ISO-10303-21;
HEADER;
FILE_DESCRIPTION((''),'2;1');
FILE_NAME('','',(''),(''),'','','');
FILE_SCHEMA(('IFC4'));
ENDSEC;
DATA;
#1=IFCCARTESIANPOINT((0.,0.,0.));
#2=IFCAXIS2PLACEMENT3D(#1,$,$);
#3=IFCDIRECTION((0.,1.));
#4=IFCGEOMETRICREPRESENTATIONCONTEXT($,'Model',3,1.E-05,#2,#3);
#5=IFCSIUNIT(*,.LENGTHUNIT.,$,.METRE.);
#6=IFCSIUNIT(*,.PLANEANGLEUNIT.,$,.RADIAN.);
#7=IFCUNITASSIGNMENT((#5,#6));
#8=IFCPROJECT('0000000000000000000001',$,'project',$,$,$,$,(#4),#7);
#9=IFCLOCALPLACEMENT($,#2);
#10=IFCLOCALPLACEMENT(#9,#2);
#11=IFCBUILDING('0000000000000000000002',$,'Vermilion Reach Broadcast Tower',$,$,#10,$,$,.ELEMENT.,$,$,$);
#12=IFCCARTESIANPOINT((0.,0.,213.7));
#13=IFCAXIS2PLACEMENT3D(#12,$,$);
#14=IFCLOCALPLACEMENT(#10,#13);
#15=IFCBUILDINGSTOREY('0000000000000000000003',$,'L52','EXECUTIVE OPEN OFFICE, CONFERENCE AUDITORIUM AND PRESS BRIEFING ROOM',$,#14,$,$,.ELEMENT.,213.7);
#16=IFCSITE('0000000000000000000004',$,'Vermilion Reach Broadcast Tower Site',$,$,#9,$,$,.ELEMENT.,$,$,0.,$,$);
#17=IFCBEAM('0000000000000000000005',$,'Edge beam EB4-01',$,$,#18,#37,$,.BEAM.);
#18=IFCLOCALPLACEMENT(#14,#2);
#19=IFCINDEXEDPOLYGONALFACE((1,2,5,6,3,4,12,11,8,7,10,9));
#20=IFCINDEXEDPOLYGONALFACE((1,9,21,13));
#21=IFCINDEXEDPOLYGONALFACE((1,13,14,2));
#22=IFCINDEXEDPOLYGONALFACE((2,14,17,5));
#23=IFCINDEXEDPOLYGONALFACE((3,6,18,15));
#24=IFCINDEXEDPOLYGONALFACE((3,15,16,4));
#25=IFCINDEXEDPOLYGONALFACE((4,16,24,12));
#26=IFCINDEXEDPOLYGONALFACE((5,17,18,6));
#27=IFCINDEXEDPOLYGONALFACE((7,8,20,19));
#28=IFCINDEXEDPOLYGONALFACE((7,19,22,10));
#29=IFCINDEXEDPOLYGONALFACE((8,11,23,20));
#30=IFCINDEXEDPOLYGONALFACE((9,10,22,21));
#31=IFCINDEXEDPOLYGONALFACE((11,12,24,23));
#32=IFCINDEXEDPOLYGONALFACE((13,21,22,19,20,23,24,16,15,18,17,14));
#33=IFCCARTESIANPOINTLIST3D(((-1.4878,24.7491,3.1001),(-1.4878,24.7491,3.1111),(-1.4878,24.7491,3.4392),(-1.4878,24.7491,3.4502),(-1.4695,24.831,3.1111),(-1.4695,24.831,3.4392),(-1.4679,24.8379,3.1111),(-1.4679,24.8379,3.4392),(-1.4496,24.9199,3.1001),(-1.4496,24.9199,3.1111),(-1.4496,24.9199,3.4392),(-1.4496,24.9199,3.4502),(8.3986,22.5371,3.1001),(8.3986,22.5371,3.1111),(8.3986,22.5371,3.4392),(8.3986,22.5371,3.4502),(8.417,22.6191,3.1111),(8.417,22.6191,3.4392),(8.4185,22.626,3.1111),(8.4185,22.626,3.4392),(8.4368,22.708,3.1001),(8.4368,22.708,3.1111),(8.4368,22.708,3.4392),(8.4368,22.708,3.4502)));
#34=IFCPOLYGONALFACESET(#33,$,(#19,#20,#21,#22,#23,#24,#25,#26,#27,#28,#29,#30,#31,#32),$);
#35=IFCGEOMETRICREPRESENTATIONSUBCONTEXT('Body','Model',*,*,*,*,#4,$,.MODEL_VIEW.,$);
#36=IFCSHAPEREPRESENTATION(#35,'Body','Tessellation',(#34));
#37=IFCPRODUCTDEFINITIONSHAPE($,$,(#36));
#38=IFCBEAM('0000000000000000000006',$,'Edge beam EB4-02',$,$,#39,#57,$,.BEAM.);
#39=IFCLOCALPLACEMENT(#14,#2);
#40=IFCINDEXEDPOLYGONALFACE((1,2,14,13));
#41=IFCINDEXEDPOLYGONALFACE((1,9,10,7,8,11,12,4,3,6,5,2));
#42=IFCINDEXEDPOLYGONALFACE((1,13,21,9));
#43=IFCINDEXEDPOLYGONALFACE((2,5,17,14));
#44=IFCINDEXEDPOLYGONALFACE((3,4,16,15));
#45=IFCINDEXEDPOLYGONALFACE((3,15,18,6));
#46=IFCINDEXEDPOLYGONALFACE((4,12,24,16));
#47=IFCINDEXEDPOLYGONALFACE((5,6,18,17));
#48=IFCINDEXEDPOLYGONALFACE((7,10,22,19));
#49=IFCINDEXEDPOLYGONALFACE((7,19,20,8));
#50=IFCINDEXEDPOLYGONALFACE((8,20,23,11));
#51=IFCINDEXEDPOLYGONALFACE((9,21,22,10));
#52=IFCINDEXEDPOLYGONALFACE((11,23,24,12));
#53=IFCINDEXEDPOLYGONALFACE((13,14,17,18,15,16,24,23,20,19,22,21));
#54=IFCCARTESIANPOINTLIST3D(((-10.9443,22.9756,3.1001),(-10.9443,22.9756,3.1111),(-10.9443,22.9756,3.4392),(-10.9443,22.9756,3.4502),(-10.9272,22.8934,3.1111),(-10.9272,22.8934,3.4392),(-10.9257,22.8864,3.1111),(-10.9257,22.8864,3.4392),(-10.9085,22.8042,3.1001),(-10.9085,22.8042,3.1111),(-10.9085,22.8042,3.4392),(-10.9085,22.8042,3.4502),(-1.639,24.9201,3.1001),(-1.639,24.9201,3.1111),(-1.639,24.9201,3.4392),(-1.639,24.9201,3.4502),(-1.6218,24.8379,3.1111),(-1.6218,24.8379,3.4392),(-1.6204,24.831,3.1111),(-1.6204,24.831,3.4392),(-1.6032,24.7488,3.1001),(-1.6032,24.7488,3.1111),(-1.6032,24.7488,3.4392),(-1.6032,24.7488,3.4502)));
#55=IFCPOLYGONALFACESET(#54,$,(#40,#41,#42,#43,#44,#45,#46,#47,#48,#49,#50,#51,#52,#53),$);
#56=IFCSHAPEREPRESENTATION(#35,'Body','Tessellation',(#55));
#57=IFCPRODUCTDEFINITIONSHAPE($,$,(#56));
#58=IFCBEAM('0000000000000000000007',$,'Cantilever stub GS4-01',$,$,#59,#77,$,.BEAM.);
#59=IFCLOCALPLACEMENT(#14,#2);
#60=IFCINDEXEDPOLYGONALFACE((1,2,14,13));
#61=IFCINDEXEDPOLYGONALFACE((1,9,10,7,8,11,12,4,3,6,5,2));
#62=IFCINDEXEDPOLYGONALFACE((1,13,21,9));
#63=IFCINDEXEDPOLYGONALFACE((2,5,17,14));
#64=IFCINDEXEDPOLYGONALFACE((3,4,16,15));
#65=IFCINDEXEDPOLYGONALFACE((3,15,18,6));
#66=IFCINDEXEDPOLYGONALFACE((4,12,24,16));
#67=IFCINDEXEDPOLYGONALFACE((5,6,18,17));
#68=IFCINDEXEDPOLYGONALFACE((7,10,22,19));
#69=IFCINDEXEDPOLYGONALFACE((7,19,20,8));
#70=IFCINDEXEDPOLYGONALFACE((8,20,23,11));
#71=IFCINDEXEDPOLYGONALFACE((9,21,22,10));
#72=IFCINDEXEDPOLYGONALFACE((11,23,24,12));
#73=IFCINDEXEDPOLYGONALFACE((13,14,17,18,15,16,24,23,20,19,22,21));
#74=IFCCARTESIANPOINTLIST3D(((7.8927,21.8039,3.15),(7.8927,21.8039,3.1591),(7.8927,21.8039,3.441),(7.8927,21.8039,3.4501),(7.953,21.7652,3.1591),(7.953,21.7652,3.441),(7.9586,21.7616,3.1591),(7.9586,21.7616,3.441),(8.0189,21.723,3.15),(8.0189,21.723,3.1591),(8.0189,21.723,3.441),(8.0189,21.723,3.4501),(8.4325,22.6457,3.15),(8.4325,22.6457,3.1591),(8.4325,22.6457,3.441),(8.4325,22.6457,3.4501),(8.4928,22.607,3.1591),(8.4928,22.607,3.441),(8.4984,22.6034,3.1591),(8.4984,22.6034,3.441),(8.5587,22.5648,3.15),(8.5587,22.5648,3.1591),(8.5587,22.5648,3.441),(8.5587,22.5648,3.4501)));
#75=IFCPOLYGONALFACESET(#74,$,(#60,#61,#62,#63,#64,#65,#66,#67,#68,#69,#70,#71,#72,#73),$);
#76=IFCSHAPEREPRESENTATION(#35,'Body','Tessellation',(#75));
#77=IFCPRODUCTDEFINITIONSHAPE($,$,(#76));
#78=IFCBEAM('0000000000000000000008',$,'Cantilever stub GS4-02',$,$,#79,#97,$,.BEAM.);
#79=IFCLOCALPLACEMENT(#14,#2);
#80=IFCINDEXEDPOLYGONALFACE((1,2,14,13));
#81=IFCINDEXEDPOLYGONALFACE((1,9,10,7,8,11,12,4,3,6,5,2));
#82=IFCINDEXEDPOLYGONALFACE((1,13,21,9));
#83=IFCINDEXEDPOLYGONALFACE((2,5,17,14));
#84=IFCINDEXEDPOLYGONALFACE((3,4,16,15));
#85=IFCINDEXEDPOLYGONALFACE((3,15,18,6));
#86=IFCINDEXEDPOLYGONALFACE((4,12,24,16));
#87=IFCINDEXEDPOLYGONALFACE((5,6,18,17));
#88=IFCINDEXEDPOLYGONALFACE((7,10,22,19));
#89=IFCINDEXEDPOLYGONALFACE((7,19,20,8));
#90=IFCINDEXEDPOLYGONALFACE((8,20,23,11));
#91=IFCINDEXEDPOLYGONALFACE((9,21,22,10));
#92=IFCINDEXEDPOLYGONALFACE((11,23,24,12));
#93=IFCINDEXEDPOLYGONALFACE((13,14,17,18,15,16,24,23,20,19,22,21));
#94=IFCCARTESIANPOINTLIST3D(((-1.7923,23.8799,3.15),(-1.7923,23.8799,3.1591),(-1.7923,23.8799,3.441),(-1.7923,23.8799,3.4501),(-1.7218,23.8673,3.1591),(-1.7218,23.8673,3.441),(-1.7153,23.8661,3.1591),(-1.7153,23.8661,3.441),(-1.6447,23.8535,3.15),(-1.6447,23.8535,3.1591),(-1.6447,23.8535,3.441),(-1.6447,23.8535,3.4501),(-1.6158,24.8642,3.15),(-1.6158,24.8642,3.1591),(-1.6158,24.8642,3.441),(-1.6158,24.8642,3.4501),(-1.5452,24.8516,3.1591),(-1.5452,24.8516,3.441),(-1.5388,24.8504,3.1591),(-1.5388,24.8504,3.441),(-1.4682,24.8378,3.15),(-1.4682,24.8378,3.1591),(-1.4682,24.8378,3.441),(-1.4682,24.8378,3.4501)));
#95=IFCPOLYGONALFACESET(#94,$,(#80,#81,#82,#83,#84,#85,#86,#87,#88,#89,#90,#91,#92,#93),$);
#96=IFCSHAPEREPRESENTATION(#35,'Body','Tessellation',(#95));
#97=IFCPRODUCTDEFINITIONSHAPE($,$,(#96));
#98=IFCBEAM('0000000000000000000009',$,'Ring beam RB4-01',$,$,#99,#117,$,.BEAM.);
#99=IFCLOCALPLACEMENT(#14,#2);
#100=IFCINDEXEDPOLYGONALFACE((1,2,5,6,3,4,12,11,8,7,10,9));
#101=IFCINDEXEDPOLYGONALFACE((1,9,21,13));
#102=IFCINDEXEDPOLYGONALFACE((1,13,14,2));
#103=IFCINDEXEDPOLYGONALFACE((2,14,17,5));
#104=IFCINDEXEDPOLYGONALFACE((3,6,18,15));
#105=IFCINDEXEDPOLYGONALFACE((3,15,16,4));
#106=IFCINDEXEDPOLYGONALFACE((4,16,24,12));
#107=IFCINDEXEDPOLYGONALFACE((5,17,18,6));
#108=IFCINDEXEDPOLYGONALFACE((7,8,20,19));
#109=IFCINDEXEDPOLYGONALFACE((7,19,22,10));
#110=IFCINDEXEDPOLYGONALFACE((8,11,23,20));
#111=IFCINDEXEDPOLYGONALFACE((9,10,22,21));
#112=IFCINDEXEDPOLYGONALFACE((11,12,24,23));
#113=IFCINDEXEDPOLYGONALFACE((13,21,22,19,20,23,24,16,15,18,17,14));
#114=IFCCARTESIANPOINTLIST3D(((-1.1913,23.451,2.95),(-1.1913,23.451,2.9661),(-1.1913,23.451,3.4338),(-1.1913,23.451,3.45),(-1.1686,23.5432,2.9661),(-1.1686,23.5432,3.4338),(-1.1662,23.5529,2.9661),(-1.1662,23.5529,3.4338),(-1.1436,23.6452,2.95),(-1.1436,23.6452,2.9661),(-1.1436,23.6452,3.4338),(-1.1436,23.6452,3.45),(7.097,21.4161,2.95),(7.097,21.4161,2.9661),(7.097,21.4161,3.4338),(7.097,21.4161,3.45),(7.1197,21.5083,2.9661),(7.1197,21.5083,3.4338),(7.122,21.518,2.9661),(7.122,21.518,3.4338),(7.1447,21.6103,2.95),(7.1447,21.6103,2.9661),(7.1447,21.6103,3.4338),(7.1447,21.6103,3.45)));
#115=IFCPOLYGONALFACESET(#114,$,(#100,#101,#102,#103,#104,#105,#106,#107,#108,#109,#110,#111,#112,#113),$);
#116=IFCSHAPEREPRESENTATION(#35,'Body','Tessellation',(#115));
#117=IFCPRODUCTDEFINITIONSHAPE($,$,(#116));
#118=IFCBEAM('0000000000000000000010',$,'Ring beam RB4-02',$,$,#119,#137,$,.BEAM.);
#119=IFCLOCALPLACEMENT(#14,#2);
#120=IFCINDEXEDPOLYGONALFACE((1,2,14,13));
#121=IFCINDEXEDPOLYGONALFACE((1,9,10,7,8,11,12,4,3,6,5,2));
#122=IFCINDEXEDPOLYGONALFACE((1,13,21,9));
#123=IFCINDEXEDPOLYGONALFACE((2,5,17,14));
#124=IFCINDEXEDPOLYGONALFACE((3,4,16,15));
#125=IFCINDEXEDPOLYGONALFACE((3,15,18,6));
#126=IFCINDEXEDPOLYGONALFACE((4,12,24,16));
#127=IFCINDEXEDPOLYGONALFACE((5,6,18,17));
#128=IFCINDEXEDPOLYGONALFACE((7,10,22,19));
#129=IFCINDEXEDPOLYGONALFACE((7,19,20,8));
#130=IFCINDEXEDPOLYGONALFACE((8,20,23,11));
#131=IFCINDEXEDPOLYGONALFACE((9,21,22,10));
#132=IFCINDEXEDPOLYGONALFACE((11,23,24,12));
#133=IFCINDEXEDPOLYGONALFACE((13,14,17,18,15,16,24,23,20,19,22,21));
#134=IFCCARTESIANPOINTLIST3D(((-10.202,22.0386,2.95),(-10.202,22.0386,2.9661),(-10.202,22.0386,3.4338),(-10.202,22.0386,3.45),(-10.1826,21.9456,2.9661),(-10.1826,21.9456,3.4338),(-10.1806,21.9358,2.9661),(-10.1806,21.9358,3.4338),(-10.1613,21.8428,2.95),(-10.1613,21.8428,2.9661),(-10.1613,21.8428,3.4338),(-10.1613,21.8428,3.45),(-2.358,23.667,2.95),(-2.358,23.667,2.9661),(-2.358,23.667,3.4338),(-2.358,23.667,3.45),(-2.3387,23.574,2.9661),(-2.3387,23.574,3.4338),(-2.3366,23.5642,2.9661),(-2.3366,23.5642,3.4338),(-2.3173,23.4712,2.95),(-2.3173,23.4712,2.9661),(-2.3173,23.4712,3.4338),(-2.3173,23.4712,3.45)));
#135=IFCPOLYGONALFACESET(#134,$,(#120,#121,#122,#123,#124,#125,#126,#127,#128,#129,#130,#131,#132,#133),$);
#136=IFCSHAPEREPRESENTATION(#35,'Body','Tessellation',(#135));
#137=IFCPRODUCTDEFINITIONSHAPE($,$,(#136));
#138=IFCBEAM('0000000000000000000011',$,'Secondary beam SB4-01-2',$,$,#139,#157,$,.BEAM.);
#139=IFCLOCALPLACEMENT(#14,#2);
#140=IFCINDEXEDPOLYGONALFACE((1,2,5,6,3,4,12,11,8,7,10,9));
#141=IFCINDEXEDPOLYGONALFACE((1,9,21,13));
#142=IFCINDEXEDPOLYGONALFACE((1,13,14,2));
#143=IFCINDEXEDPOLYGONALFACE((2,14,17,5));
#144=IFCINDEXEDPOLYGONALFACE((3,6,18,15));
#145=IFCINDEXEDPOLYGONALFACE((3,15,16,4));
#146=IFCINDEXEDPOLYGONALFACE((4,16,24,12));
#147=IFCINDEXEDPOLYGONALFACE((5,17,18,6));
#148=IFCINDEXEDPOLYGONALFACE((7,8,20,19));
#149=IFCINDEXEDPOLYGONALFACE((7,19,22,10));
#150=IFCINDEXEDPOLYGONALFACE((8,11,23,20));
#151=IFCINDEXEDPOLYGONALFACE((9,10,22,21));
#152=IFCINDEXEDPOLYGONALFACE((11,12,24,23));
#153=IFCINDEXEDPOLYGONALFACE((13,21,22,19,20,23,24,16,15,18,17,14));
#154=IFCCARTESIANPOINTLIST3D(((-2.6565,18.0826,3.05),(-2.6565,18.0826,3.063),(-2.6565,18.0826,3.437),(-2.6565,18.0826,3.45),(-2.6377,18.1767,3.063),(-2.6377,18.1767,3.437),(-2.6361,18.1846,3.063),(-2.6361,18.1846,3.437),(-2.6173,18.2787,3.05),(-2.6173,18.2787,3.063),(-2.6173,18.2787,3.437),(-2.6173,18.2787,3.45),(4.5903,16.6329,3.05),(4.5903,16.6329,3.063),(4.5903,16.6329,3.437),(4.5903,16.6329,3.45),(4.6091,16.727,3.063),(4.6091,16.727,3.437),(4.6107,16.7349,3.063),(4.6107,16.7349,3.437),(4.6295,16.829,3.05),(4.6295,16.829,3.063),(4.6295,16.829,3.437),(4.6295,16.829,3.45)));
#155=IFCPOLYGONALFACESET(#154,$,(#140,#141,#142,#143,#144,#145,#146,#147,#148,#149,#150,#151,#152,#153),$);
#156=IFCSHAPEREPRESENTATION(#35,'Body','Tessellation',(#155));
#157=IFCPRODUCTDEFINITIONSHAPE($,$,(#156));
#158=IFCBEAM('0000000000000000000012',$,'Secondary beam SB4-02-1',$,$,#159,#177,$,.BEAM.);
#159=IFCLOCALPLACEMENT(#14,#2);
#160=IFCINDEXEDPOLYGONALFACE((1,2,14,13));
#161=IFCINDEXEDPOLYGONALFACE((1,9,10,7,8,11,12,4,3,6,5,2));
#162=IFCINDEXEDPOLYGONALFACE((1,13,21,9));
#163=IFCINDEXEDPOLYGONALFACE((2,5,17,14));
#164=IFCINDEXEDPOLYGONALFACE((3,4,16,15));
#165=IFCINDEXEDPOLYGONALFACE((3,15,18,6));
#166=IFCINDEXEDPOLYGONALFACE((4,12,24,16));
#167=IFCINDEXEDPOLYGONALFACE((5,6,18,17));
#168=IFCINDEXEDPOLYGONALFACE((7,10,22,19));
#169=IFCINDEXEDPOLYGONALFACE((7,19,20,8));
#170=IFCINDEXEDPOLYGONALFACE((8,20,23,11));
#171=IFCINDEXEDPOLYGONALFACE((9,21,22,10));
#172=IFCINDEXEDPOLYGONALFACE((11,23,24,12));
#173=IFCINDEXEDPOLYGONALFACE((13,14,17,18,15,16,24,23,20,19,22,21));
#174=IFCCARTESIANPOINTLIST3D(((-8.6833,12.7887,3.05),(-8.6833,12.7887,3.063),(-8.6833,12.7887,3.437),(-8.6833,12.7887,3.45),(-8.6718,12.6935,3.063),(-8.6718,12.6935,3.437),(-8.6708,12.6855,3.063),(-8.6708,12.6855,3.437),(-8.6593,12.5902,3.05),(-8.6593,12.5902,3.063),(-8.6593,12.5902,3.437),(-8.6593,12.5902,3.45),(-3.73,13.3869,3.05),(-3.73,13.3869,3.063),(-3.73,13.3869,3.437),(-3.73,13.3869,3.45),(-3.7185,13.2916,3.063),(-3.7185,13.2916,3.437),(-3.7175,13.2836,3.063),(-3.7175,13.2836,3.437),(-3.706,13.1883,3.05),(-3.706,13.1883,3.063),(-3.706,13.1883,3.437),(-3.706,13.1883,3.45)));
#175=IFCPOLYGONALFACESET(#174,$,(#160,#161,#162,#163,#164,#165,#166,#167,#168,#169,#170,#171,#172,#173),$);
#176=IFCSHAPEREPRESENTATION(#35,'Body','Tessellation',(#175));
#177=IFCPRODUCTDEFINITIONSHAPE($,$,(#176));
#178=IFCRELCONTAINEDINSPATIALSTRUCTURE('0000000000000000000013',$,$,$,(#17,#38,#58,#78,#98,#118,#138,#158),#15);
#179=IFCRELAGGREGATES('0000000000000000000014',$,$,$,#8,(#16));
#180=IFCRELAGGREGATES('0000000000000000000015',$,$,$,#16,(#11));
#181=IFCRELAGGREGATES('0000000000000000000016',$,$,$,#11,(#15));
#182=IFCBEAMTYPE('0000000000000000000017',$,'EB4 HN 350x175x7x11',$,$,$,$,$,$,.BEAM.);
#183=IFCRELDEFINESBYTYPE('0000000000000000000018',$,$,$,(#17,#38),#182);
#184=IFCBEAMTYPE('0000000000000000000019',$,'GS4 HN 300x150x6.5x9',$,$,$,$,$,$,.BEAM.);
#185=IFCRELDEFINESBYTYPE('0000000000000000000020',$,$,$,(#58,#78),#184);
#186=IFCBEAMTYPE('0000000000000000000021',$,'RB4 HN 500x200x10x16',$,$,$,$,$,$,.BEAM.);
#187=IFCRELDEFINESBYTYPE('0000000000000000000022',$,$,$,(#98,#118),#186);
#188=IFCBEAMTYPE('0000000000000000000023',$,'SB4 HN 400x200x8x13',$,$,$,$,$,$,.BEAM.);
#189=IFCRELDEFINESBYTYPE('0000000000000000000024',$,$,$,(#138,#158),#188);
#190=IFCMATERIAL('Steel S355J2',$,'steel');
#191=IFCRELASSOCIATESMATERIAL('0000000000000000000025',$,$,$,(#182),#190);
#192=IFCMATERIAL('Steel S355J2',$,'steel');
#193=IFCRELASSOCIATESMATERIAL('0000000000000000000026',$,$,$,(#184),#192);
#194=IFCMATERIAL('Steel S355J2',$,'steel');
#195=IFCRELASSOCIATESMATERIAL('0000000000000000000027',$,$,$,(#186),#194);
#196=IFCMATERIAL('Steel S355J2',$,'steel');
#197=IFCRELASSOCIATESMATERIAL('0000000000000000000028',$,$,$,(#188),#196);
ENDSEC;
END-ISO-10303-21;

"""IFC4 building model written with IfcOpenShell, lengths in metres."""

from ifc_helpers import new_model, si_unit, direction, frame, origin, origin_2d, place, context, subcontext, project, spatial, i_section, extrude, material, material_profile, profile_set, type_object, element, save


model = new_model("IFC4")

# Units and contexts
model_context = context("Model", 3, precision=1e-05, world=origin(), true_north=direction((0.0, 1.0)))
body_context = subcontext(model_context, "Body", "Model", "MODEL_VIEW")
ifc_project = project(units=[si_unit("LENGTHUNIT", "METRE"), si_unit("PLANEANGLEUNIT", "RADIAN")], contexts=[model_context])

# Site, building, storey
site_placement = place(None, origin())
site = spatial("IfcSite", under=ifc_project, at=site_placement, Name="Vermilion Reach Broadcast Tower Site", CompositionType="ELEMENT", RefElevation=0.0)
building_placement = place(site_placement, origin())
building = spatial("IfcBuilding", under=site, at=building_placement, Name="Vermilion Reach Broadcast Tower", CompositionType="ELEMENT")
storey_placement = place(building_placement, frame((0.0, 0.0, 213.7)))
storey = spatial("IfcBuildingStorey", under=building, at=storey_placement, Name="L52", Description="EXECUTIVE OPEN OFFICE, CONFERENCE AUDITORIUM AND PRESS BRIEFING ROOM", CompositionType="ELEMENT", Elevation=213.7)

# Beams
ifc_material_1 = material(Name="Steel S355J2", Category="steel")
ifc_material_profile_1 = material_profile(ifc_material_1, i_section(OverallWidth=0.175, OverallDepth=0.3501, WebThickness=0.0071, FlangeThickness=0.011, at=origin_2d()), Name="S355J2 HN 350x175x7x11")
ifc_profile_set_1 = profile_set([ifc_material_profile_1], Name="Steel S355J2")
beam_type_1 = type_object("IfcBeamType", Name="EB4 HN 350x175x7x11", PredefinedType="BEAM", material=ifc_profile_set_1)
beam_1_placement = place(storey_placement, frame((8.4177, 22.6226, 3.2751), z_axis=(-0.975874, 0.218334, 0.0), x_axis=(-0.218334, -0.975874, 0.0)))
element("IfcBeam", 1, at=beam_1_placement, inside=storey, type_object=beam_type_1, Name="Edge beam EB4-01", PredefinedType="BEAM", context=body_context, shape_type="SweptSolid", body=[
    extrude(i_section(OverallWidth=0.175, OverallDepth=0.3501, WebThickness=0.0071, FlangeThickness=0.011, at=origin_2d()), origin(), (0.0, 0.0, 1.0), 10.1309),
])
beam_2_placement = place(storey_placement, frame((-1.6211, 24.8345, 3.2751), z_axis=(-0.978855, -0.204554, 0.0), x_axis=(0.204554, -0.978855, 0.0)))
element("IfcBeam", 2, at=beam_2_placement, inside=storey, type_object=beam_type_1, Name="Edge beam EB4-02", PredefinedType="BEAM", context=body_context, shape_type="SweptSolid", body=[
    extrude(i_section(OverallWidth=0.175, OverallDepth=0.3501, WebThickness=0.0071, FlangeThickness=0.011, at=origin_2d()), origin(), (0.0, 0.0, 1.0), 9.5063),
])
ifc_material_2 = material(Name="Steel S355J2", Category="steel")
ifc_material_profile_2 = material_profile(ifc_material_2, i_section(OverallWidth=0.1499, OverallDepth=0.3, WebThickness=0.0066, FlangeThickness=0.009, at=origin_2d()), Name="S355J2 HN 300x150x6.5x9")
ifc_profile_set_2 = profile_set([ifc_material_profile_2], Name="Steel S355J2")
beam_type_2 = type_object("IfcBeamType", Name="GS4 HN 300x150x6.5x9", PredefinedType="BEAM", material=ifc_profile_set_2)
for number, where, z_axis, x_axis, name in (
    (3, (7.9558, 21.7634, 3.3), (0.539795, 0.841797, 0.0), (-0.841797, 0.539795, 0.0), "Cantilever stub GS4-01"),
    (4, (-1.7185, 23.8667, 3.3), (0.1765, 0.984301, 0.0), (-0.984301, 0.1765, 0.0), "Cantilever stub GS4-02"),
):
    element("IfcBeam", number, at=place(storey_placement, frame(where, z_axis=z_axis, x_axis=x_axis)), inside=storey, type_object=beam_type_2, Name=name, PredefinedType="BEAM", context=body_context, shape_type="SweptSolid", body=[
        extrude(i_section(OverallWidth=0.1499, OverallDepth=0.3, WebThickness=0.0066, FlangeThickness=0.009, at=origin_2d()), origin(), (0.0, 0.0, 1.0), 1.0),
    ])
ifc_material_3 = material(Name="Steel S355J2", Category="steel")
ifc_material_profile_3 = material_profile(ifc_material_3, i_section(OverallWidth=0.2, OverallDepth=0.5, WebThickness=0.01, FlangeThickness=0.0161, at=origin_2d()), Name="S355J2 HN 500x200x10x16")
ifc_profile_set_3 = profile_set([ifc_material_profile_3], Name="Steel S355J2")
beam_type_3 = type_object("IfcBeamType", Name="RB4 HN 500x200x10x16", PredefinedType="BEAM", material=ifc_profile_set_3)
beam_3_placement = place(storey_placement, frame((7.1208, 21.5132, 3.2), z_axis=(-0.971159, 0.238434, 0.0), x_axis=(-0.238434, -0.971159, 0.0)))
element("IfcBeam", 5, at=beam_3_placement, inside=storey, type_object=beam_type_3, Name="Ring beam RB4-01", PredefinedType="BEAM", context=body_context, shape_type="SweptSolid", body=[
    extrude(i_section(OverallWidth=0.2, OverallDepth=0.5, WebThickness=0.01, FlangeThickness=0.0161, at=origin_2d()), origin(), (0.0, 0.0, 1.0), 8.5344),
])
beam_4_placement = place(storey_placement, frame((-2.3376, 23.5691, 3.2), z_axis=(-0.979123, -0.203267, 0.0), x_axis=(0.203267, -0.979123, 0.0)))
element("IfcBeam", 6, at=beam_4_placement, inside=storey, type_object=beam_type_3, Name="Ring beam RB4-02", PredefinedType="BEAM", context=body_context, shape_type="SweptSolid", body=[
    extrude(i_section(OverallWidth=0.2, OverallDepth=0.5, WebThickness=0.01, FlangeThickness=0.0161, at=origin_2d()), origin(), (0.0, 0.0, 1.0), 8.0112),
])
ifc_material_4 = material(Name="Steel S355J2", Category="steel")
ifc_material_profile_4 = material_profile(ifc_material_4, i_section(OverallWidth=0.2, OverallDepth=0.3999, WebThickness=0.0081, FlangeThickness=0.0129, at=origin_2d()), Name="S355J2 HN 400x200x8x13")
ifc_profile_set_4 = profile_set([ifc_material_profile_4], Name="Steel S355J2")
beam_type_4 = type_object("IfcBeamType", Name="SB4 HN 400x200x8x13", PredefinedType="BEAM", material=ifc_profile_set_4)
beam_5_placement = place(storey_placement, frame((4.6099, 16.731, 3.25), z_axis=(-0.980572, 0.196161, 0.0), x_axis=(-0.196161, -0.980572, 0.0)))
element("IfcBeam", 7, at=beam_5_placement, inside=storey, type_object=beam_type_4, Name="Secondary beam SB4-01-2", PredefinedType="BEAM", context=body_context, shape_type="SweptSolid", body=[
    extrude(i_section(OverallWidth=0.2, OverallDepth=0.3999, WebThickness=0.0081, FlangeThickness=0.0129, at=origin_2d()), origin(), (0.0, 0.0, 1.0), 7.3904),
])
beam_6_placement = place(storey_placement, frame((-3.718, 13.2876, 3.25), z_axis=(-0.992788, -0.119884, 0.0), x_axis=(0.119884, -0.992788, 0.0)))
element("IfcBeam", 8, at=beam_6_placement, inside=storey, type_object=beam_type_4, Name="Secondary beam SB4-02-1", PredefinedType="BEAM", context=body_context, shape_type="SweptSolid", body=[
    extrude(i_section(OverallWidth=0.2, OverallDepth=0.3999, WebThickness=0.0081, FlangeThickness=0.0129, at=origin_2d()), origin(), (0.0, 0.0, 1.0), 4.9893),
])

save(model, "model.ifc")
